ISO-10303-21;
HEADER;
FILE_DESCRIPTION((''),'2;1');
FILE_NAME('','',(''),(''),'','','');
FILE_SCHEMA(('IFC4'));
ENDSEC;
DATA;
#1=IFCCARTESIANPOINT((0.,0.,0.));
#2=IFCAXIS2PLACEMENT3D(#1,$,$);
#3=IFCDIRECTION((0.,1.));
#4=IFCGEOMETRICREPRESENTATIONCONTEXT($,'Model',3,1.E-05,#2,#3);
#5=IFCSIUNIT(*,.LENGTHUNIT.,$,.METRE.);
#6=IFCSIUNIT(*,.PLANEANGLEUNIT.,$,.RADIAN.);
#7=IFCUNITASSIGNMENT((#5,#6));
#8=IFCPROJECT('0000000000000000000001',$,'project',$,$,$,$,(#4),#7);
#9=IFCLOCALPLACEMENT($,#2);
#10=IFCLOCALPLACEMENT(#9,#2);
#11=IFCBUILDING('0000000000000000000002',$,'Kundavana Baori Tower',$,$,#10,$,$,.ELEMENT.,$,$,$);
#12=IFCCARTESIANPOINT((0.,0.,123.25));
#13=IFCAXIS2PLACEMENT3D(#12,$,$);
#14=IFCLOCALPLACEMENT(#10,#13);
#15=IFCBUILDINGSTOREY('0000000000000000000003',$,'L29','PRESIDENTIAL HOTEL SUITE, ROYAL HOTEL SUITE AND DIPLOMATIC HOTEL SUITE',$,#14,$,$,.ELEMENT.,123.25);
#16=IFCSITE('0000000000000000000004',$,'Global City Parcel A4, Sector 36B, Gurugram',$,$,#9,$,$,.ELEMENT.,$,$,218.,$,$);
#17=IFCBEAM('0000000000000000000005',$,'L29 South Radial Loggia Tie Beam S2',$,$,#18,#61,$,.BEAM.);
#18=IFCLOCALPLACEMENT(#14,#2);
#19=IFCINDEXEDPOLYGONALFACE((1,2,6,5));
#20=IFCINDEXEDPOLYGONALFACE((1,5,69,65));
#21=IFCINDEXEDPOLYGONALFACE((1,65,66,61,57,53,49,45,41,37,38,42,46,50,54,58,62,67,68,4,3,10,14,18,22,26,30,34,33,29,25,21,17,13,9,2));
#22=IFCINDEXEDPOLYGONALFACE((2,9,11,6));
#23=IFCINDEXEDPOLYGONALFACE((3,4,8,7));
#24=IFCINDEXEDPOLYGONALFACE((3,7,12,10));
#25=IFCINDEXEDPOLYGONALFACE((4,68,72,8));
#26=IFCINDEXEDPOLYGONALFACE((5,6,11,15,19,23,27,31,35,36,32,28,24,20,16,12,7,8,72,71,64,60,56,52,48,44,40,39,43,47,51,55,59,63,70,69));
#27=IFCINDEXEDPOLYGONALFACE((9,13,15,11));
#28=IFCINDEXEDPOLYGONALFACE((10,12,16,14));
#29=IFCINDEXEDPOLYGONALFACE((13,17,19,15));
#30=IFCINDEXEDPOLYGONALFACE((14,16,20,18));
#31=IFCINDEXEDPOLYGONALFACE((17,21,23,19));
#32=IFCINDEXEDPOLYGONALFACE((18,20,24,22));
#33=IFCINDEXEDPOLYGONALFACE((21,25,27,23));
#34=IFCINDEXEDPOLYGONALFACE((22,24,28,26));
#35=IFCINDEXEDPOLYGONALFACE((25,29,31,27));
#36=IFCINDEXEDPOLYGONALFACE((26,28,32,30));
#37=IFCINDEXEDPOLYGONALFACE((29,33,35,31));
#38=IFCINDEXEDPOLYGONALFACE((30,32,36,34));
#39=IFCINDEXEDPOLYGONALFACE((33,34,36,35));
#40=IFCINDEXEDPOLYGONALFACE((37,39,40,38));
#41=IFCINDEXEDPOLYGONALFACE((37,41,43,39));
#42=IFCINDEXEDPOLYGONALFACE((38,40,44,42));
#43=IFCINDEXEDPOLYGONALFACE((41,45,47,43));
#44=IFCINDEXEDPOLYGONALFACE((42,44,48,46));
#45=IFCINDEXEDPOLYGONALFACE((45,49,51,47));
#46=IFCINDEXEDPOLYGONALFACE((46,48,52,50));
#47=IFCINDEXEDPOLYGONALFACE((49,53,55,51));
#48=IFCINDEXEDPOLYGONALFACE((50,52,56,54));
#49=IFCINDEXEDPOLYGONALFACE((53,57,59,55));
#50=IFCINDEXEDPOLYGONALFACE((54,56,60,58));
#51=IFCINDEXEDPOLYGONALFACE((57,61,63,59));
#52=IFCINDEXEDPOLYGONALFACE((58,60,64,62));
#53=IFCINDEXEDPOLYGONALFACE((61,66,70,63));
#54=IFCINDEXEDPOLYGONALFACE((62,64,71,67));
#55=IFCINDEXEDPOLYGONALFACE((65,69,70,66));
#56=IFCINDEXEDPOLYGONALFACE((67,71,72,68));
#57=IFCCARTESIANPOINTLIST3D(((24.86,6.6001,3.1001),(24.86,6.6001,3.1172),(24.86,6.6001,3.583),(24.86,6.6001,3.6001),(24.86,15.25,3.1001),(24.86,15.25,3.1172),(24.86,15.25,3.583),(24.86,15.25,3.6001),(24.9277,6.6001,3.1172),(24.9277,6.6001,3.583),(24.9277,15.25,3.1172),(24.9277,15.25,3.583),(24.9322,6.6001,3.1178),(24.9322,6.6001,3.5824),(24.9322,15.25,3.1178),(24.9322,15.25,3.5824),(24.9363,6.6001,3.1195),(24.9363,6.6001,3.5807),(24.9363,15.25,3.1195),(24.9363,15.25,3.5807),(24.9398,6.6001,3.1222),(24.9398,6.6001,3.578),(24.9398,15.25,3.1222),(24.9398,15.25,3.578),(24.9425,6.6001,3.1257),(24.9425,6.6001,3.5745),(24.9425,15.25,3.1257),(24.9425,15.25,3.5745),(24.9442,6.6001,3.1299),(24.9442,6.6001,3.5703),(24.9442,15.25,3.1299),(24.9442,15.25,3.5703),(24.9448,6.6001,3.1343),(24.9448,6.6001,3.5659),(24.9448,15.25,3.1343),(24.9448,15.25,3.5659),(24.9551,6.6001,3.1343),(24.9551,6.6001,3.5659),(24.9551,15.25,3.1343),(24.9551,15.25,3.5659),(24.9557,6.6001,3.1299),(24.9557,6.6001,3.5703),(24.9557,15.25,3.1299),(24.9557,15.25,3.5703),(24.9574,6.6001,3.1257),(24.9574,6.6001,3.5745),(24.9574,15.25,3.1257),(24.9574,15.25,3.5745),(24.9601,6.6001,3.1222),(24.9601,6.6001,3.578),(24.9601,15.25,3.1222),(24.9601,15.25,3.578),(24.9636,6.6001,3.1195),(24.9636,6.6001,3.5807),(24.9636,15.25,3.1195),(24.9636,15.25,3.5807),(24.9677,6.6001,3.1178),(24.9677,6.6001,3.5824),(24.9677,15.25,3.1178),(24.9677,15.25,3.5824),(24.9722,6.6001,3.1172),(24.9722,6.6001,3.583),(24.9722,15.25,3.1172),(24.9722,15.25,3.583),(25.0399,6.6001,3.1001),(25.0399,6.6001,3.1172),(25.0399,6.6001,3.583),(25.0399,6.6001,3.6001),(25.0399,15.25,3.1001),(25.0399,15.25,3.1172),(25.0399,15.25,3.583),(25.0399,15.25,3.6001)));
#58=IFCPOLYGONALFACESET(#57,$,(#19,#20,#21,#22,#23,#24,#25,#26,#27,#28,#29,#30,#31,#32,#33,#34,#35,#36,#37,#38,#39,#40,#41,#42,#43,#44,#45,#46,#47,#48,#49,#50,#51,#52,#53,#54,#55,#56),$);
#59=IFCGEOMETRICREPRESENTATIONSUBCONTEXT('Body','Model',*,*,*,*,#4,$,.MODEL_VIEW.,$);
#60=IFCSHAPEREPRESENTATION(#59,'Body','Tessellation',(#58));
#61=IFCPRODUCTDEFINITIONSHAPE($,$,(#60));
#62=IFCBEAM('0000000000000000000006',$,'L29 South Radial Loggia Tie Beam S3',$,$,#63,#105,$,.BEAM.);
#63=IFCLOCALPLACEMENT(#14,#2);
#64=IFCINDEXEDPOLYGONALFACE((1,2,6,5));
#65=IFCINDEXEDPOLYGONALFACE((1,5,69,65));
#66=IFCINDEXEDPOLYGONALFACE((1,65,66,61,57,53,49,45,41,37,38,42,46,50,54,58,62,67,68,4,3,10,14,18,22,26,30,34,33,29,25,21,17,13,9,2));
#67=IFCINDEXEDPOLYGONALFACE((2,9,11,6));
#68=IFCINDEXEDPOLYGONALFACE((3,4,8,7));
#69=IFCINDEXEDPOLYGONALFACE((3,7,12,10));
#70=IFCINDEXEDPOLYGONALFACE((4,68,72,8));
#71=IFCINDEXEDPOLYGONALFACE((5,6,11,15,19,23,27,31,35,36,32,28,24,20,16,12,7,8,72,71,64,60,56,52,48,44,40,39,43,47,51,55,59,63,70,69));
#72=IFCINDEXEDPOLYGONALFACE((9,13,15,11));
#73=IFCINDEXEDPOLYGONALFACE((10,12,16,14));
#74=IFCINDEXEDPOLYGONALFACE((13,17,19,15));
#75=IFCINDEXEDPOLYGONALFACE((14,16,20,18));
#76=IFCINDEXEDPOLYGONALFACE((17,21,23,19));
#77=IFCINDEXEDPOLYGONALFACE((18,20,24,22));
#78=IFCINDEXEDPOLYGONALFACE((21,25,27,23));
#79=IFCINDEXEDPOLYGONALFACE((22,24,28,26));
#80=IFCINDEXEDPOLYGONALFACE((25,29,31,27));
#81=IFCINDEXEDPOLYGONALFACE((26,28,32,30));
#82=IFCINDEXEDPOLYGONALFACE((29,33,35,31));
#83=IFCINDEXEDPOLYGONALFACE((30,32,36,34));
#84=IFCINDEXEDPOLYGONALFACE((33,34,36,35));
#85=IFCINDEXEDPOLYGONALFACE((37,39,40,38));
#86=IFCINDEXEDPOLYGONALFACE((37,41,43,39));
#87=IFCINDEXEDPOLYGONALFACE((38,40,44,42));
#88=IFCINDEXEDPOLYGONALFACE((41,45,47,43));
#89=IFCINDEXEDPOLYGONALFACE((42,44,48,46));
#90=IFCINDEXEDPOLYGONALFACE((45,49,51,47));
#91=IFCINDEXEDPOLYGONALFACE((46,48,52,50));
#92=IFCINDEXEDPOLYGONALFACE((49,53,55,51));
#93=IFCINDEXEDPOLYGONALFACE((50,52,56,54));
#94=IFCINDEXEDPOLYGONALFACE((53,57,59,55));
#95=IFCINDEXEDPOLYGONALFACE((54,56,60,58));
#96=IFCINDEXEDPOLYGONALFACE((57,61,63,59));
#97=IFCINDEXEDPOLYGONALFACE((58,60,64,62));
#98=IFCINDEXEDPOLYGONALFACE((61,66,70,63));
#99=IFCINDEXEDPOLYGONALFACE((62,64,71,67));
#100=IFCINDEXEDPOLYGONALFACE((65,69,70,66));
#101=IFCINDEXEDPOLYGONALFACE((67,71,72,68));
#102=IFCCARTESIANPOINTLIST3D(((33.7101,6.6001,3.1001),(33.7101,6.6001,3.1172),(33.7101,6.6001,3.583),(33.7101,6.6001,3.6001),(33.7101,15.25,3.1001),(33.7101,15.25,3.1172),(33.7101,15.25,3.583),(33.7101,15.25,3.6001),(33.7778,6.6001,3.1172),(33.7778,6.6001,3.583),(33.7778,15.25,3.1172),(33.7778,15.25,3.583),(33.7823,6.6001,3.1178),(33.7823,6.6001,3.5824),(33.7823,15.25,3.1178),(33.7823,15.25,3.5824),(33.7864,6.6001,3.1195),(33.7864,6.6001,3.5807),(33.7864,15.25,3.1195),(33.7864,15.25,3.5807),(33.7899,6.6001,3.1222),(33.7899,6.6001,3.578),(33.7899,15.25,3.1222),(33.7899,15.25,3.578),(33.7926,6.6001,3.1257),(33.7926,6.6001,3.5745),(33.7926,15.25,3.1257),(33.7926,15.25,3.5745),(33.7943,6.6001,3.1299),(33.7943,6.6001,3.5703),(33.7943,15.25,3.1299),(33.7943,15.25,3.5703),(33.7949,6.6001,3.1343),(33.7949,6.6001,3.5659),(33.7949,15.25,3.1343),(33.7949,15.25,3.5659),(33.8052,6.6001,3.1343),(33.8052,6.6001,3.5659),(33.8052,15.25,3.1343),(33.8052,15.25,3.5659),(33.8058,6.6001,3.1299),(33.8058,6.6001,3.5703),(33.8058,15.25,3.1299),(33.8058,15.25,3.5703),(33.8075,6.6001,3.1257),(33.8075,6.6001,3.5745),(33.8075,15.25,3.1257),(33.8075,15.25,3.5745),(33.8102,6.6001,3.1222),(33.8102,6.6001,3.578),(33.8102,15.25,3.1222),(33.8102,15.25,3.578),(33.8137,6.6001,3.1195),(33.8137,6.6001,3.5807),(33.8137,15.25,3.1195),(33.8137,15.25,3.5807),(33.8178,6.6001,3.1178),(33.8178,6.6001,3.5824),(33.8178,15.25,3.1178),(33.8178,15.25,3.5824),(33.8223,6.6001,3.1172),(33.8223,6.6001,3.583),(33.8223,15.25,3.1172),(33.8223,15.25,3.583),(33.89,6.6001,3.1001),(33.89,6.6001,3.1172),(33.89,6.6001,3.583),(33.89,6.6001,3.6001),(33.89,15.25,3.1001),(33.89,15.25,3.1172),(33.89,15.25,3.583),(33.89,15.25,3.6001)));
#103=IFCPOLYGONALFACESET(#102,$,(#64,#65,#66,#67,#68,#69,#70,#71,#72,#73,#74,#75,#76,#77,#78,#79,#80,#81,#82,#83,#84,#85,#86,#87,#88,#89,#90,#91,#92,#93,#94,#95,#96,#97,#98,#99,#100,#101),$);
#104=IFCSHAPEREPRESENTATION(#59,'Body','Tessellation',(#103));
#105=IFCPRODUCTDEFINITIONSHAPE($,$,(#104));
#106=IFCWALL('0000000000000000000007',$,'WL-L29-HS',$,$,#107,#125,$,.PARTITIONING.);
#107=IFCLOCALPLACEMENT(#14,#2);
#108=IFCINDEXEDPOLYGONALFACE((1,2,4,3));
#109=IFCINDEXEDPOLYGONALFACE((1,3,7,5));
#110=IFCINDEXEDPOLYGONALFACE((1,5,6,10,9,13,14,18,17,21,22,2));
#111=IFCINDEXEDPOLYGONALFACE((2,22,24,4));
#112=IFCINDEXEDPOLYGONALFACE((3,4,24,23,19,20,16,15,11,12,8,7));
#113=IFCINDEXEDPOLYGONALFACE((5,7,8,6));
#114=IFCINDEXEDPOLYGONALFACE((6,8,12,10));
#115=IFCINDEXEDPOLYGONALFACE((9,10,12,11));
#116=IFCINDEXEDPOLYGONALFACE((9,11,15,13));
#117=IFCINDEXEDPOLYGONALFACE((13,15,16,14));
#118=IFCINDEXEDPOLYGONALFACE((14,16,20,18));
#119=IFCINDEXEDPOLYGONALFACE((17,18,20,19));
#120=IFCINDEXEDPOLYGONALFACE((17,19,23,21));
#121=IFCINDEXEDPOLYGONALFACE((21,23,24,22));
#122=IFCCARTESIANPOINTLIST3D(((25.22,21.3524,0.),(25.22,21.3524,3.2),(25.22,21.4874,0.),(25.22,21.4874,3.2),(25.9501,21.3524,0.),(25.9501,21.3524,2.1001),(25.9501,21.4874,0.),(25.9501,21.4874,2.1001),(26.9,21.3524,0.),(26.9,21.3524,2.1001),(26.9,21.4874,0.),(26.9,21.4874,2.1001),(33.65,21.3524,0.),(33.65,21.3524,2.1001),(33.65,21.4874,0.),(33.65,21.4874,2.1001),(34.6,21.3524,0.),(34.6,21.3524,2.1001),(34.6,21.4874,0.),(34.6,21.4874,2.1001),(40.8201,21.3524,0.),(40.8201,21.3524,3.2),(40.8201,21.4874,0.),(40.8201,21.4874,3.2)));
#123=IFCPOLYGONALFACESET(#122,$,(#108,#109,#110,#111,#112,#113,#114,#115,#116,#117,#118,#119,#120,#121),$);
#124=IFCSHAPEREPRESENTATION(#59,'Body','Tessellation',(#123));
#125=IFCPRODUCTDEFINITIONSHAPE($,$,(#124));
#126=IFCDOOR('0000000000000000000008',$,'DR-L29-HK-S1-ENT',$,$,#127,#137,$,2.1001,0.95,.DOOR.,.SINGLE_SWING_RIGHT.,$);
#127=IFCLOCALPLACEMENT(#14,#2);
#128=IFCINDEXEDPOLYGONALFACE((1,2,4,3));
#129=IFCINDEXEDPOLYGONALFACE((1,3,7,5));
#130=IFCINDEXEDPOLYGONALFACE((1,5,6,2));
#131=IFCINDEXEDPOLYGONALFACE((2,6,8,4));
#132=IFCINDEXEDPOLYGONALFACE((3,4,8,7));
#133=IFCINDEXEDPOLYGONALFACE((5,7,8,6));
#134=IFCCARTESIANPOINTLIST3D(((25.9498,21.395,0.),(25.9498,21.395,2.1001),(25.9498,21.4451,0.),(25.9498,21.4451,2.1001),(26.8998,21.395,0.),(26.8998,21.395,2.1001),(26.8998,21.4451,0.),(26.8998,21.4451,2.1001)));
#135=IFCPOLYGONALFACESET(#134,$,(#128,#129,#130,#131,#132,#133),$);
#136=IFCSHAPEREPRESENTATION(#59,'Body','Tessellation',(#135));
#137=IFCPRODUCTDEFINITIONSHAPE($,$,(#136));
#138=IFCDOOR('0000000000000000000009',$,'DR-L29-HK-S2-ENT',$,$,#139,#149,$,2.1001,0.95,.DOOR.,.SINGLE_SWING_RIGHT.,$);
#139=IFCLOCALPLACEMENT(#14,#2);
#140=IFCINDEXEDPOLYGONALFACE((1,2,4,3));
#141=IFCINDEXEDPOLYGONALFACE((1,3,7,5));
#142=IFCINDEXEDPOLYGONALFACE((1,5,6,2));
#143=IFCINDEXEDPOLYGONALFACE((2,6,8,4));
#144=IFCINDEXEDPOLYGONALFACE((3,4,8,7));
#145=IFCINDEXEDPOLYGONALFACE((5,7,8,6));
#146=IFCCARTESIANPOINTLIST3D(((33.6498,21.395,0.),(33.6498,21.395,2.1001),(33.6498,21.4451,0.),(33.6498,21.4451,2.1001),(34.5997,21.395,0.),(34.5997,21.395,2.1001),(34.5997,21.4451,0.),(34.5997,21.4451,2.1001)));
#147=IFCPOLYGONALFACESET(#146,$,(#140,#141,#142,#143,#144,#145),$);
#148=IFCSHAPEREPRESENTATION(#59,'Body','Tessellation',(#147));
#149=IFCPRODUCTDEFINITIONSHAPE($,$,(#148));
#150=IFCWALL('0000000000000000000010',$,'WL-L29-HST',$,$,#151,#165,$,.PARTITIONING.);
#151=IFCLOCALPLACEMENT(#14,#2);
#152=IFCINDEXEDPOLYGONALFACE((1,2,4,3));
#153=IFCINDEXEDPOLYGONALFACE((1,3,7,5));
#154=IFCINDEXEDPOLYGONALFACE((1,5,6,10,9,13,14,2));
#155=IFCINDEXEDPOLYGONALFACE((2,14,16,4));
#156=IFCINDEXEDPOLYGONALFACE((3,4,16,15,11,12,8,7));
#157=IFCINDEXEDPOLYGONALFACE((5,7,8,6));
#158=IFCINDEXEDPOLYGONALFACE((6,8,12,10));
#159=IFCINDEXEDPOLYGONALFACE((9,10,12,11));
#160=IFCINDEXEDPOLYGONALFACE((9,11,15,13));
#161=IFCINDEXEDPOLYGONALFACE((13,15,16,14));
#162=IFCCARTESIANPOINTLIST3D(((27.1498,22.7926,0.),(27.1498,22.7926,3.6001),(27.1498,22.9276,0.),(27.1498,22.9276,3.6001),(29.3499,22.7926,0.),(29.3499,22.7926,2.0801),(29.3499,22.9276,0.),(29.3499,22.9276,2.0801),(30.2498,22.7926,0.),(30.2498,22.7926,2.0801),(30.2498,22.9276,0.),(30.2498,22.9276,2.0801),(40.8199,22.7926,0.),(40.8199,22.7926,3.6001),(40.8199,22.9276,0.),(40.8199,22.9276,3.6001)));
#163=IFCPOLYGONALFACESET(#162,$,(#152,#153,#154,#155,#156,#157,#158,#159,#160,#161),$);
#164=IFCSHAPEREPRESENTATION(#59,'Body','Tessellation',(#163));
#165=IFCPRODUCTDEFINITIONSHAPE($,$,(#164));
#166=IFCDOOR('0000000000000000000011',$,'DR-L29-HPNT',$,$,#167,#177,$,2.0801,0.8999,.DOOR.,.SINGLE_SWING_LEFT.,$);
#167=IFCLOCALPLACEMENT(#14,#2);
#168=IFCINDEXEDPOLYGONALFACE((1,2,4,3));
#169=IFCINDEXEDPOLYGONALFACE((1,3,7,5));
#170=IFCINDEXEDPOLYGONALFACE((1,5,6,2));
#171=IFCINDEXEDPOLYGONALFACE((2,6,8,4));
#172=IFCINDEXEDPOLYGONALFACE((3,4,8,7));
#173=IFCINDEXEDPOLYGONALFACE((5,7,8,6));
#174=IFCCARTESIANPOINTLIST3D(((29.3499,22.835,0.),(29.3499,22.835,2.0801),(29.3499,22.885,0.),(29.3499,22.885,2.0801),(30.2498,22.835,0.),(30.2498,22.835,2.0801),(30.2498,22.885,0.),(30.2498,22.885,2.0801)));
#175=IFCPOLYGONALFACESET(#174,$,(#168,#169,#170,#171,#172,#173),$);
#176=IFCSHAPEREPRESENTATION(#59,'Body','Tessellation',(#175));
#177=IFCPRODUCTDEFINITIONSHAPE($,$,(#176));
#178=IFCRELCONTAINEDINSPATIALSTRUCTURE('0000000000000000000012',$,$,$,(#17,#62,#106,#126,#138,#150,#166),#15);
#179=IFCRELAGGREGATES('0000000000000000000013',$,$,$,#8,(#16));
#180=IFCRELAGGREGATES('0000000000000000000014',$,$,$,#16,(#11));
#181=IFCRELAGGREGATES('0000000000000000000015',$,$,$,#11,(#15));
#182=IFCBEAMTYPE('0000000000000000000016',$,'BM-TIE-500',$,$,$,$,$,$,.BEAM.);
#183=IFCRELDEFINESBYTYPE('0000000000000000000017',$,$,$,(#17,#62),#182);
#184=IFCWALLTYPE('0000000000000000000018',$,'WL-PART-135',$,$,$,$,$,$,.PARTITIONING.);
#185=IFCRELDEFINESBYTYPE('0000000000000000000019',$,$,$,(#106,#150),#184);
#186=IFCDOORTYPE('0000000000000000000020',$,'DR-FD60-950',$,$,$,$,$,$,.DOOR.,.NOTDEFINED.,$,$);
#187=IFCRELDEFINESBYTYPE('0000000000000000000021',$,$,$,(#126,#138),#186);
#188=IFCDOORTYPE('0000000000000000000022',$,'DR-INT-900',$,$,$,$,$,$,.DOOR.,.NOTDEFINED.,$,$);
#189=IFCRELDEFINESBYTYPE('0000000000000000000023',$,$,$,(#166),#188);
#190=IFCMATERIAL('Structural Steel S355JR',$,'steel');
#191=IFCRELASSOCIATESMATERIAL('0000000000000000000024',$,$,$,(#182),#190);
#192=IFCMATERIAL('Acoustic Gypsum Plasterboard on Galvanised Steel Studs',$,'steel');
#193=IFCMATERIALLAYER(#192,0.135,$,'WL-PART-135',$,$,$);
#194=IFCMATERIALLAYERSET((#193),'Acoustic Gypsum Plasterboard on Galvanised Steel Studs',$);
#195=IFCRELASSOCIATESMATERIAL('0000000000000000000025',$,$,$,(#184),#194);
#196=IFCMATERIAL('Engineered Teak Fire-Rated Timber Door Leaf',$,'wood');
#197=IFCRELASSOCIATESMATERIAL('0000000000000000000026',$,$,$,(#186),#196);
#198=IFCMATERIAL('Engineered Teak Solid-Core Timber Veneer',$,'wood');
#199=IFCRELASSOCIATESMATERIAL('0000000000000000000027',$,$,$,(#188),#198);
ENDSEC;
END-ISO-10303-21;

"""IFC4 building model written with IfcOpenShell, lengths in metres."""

from ifc_helpers import new_model, si_unit, direction, frame, frame_2d, origin, origin_2d, place, context, subcontext, project, spatial, rectangle, i_section, extrude, material, layer, layer_set, material_profile, profile_set, type_object, element, fill, save


model = new_model("IFC4")

# Units and contexts
model_context = context("Model", 3, precision=1e-05, world=origin(), true_north=direction((0.0, 1.0)))
body_context = subcontext(model_context, "Body", "Model", "MODEL_VIEW")
ifc_project = project(units=[si_unit("LENGTHUNIT", "METRE"), si_unit("PLANEANGLEUNIT", "RADIAN")], contexts=[model_context])

# Site, building, storey
site_placement = place(None, origin())
site = spatial("IfcSite", under=ifc_project, at=site_placement, Name="Global City Parcel A4, Sector 36B, Gurugram", CompositionType="ELEMENT", RefElevation=218.0)
building_placement = place(site_placement, origin())
building = spatial("IfcBuilding", under=site, at=building_placement, Name="Kundavana Baori Tower", CompositionType="ELEMENT")
storey_placement = place(building_placement, frame((0.0, 0.0, 123.25)))
storey = spatial("IfcBuildingStorey", under=building, at=storey_placement, Name="L29", Description="PRESIDENTIAL HOTEL SUITE, ROYAL HOTEL SUITE AND DIPLOMATIC HOTEL SUITE", CompositionType="ELEMENT", Elevation=123.25)

# Beams
ifc_material_1 = material(Name="Structural Steel S355JR", Category="steel")
ifc_material_profile_1 = material_profile(ifc_material_1, i_section(OverallWidth=0.1799, OverallDepth=0.5, WebThickness=0.0103, FlangeThickness=0.0171, FilletRadius=0.0171, at=origin_2d()), Name="ISMB 500")
ifc_profile_set_1 = profile_set([ifc_material_profile_1], Name="Structural Steel S355JR")
beam_type_1 = type_object("IfcBeamType", Name="BM-TIE-500", PredefinedType="BEAM", material=ifc_profile_set_1)
for number, where, z_axis, x_axis, name in (
    (1, (24.95, 15.25, 3.3501), (0.0, -1.0, 0.0), (1.0, 0.0, 0.0), "L29 South Radial Loggia Tie Beam S2"),
    (2, (33.8, 15.25, 3.3501), (0.0, -1.0, 0.0), (1.0, 0.0, 0.0), "L29 South Radial Loggia Tie Beam S3"),
):
    element("IfcBeam", number, at=place(storey_placement, frame(where, z_axis=z_axis, x_axis=x_axis)), inside=storey, type_object=beam_type_1, Name=name, PredefinedType="BEAM", context=body_context, shape_type="SweptSolid", body=[
        extrude(i_section(OverallWidth=0.1799, OverallDepth=0.5, WebThickness=0.0103, FlangeThickness=0.0171, FilletRadius=0.0171, at=origin_2d()), origin(), (0.0, 0.0, 1.0), 8.6499),
    ])

# Wall, openings, doors
ifc_material_2 = material(Name="Acoustic Gypsum Plasterboard on Galvanised Steel Studs", Category="steel")
ifc_layer_1 = layer(ifc_material_2, 0.135, Name="WL-PART-135")
ifc_layer_set_1 = layer_set([ifc_layer_1], Name="Acoustic Gypsum Plasterboard on Galvanised Steel Studs")
wall_type_1 = type_object("IfcWallType", Name="WL-PART-135", PredefinedType="PARTITIONING", material=ifc_layer_set_1)
wall_1_placement = place(storey_placement, frame((25.22, 21.4199, 0.0), z_axis=(0.0, 0.0, 1.0), x_axis=(1.0, 0.0, 0.0)))
wall_1 = element("IfcWall", 3, at=wall_1_placement, inside=storey, type_object=wall_type_1, Name="WL-L29-HS", PredefinedType="PARTITIONING", context=body_context, shape_type="SweptSolid", body=[
    extrude(rectangle(XDim=15.6001, YDim=0.135, at=frame_2d((7.8, 0.0))), origin(), (0.0, 0.0, 1.0), 3.2),
])
opening_1_placement = place(wall_1_placement, frame((0.73, 0.0, 0.0)))
opening_1 = element("IfcOpeningElement", 4, at=opening_1_placement, cuts=wall_1, PredefinedType="OPENING", context=body_context, shape_type="SweptSolid", body=[
    extrude(rectangle(XDim=0.95, YDim=2.1001, at=frame_2d((0.4751, 1.05))), frame((0.0, 0.0776, 0.0), z_axis=(0.0, -1.0, 0.0), x_axis=(1.0, 0.0, 0.0)), (0.0, 0.0, 1.0), 0.155),
])
opening_2_placement = place(wall_1_placement, frame((8.4299, 0.0, 0.0)))
opening_2 = element("IfcOpeningElement", 5, at=opening_2_placement, cuts=wall_1, PredefinedType="OPENING", context=body_context, shape_type="SweptSolid", body=[
    extrude(rectangle(XDim=0.95, YDim=2.1001, at=frame_2d((0.4751, 1.05))), frame((0.0, 0.0776, 0.0), z_axis=(0.0, -1.0, 0.0), x_axis=(1.0, 0.0, 0.0)), (0.0, 0.0, 1.0), 0.155),
])
ifc_material_3 = material(Name="Engineered Teak Fire-Rated Timber Door Leaf", Category="wood")
door_type_1 = type_object("IfcDoorType", Name="DR-FD60-950", OperationType="NOTDEFINED", PredefinedType="DOOR", material=ifc_material_3)
door_1_placement = place(opening_1_placement, frame((0.95, 0.0, 0.0), z_axis=(0.0, 0.0, 1.0), x_axis=(-1.0, 0.0, 0.0)))
door_1 = element("IfcDoor", 6, at=door_1_placement, inside=storey, type_object=door_type_1, Name="DR-L29-HK-S1-ENT", OperationType="SINGLE_SWING_RIGHT", OverallHeight=2.1001, OverallWidth=0.95, PredefinedType="DOOR", context=body_context, shape_type="SweptSolid", body=[
    extrude(rectangle(XDim=0.95, YDim=2.1001, at=frame_2d((0.4751, 1.05))), frame((0.0, 0.0249, 0.0), z_axis=(0.0, -1.0, 0.0), x_axis=(1.0, 0.0, 0.0)), (0.0, 0.0, 1.0), 0.05),
])
fill(opening_1, door_1)
door_2_placement = place(opening_2_placement, frame((0.95, 0.0, 0.0), z_axis=(0.0, 0.0, 1.0), x_axis=(-1.0, 0.0, 0.0)))
door_2 = element("IfcDoor", 7, at=door_2_placement, inside=storey, type_object=door_type_1, Name="DR-L29-HK-S2-ENT", OperationType="SINGLE_SWING_RIGHT", OverallHeight=2.1001, OverallWidth=0.95, PredefinedType="DOOR", context=body_context, shape_type="SweptSolid", body=[
    extrude(rectangle(XDim=0.95, YDim=2.1001, at=frame_2d((0.4751, 1.05))), frame((0.0, 0.0249, 0.0), z_axis=(0.0, -1.0, 0.0), x_axis=(1.0, 0.0, 0.0)), (0.0, 0.0, 1.0), 0.05),
])
fill(opening_2, door_2)

# Wall, opening, door
wall_2_placement = place(storey_placement, frame((27.1499, 22.8601, 0.0), z_axis=(0.0, 0.0, 1.0), x_axis=(1.0, 0.0, 0.0)))
wall_2 = element("IfcWall", 8, at=wall_2_placement, inside=storey, type_object=wall_type_1, Name="WL-L29-HST", PredefinedType="PARTITIONING", context=body_context, shape_type="SweptSolid", body=[
    extrude(rectangle(XDim=13.6702, YDim=0.135, at=frame_2d((6.835, 0.0))), origin(), (0.0, 0.0, 1.0), 3.6001),
])
opening_3_placement = place(wall_2_placement, frame((2.2, 0.0, 0.0)))
opening_3 = element("IfcOpeningElement", 9, at=opening_3_placement, cuts=wall_2, PredefinedType="OPENING", context=body_context, shape_type="SweptSolid", body=[
    extrude(rectangle(XDim=0.8999, YDim=2.0801, at=frame_2d((0.45, 1.04))), frame((0.0, 0.0776, 0.0), z_axis=(0.0, -1.0, 0.0), x_axis=(1.0, 0.0, 0.0)), (0.0, 0.0, 1.0), 0.155),
])
ifc_material_4 = material(Name="Engineered Teak Solid-Core Timber Veneer", Category="wood")
door_type_2 = type_object("IfcDoorType", Name="DR-INT-900", OperationType="NOTDEFINED", PredefinedType="DOOR", material=ifc_material_4)
door_3_placement = place(opening_3_placement, origin())
door_3 = element("IfcDoor", 10, at=door_3_placement, inside=storey, type_object=door_type_2, Name="DR-L29-HPNT", OperationType="SINGLE_SWING_LEFT", OverallHeight=2.0801, OverallWidth=0.8999, PredefinedType="DOOR", context=body_context, shape_type="SweptSolid", body=[
    extrude(rectangle(XDim=0.8999, YDim=2.0801, at=frame_2d((0.45, 1.04))), frame((0.0, 0.0249, 0.0), z_axis=(0.0, -1.0, 0.0), x_axis=(1.0, 0.0, 0.0)), (0.0, 0.0, 1.0), 0.05),
])
fill(opening_3, door_3)

save(model, "model.ifc")
